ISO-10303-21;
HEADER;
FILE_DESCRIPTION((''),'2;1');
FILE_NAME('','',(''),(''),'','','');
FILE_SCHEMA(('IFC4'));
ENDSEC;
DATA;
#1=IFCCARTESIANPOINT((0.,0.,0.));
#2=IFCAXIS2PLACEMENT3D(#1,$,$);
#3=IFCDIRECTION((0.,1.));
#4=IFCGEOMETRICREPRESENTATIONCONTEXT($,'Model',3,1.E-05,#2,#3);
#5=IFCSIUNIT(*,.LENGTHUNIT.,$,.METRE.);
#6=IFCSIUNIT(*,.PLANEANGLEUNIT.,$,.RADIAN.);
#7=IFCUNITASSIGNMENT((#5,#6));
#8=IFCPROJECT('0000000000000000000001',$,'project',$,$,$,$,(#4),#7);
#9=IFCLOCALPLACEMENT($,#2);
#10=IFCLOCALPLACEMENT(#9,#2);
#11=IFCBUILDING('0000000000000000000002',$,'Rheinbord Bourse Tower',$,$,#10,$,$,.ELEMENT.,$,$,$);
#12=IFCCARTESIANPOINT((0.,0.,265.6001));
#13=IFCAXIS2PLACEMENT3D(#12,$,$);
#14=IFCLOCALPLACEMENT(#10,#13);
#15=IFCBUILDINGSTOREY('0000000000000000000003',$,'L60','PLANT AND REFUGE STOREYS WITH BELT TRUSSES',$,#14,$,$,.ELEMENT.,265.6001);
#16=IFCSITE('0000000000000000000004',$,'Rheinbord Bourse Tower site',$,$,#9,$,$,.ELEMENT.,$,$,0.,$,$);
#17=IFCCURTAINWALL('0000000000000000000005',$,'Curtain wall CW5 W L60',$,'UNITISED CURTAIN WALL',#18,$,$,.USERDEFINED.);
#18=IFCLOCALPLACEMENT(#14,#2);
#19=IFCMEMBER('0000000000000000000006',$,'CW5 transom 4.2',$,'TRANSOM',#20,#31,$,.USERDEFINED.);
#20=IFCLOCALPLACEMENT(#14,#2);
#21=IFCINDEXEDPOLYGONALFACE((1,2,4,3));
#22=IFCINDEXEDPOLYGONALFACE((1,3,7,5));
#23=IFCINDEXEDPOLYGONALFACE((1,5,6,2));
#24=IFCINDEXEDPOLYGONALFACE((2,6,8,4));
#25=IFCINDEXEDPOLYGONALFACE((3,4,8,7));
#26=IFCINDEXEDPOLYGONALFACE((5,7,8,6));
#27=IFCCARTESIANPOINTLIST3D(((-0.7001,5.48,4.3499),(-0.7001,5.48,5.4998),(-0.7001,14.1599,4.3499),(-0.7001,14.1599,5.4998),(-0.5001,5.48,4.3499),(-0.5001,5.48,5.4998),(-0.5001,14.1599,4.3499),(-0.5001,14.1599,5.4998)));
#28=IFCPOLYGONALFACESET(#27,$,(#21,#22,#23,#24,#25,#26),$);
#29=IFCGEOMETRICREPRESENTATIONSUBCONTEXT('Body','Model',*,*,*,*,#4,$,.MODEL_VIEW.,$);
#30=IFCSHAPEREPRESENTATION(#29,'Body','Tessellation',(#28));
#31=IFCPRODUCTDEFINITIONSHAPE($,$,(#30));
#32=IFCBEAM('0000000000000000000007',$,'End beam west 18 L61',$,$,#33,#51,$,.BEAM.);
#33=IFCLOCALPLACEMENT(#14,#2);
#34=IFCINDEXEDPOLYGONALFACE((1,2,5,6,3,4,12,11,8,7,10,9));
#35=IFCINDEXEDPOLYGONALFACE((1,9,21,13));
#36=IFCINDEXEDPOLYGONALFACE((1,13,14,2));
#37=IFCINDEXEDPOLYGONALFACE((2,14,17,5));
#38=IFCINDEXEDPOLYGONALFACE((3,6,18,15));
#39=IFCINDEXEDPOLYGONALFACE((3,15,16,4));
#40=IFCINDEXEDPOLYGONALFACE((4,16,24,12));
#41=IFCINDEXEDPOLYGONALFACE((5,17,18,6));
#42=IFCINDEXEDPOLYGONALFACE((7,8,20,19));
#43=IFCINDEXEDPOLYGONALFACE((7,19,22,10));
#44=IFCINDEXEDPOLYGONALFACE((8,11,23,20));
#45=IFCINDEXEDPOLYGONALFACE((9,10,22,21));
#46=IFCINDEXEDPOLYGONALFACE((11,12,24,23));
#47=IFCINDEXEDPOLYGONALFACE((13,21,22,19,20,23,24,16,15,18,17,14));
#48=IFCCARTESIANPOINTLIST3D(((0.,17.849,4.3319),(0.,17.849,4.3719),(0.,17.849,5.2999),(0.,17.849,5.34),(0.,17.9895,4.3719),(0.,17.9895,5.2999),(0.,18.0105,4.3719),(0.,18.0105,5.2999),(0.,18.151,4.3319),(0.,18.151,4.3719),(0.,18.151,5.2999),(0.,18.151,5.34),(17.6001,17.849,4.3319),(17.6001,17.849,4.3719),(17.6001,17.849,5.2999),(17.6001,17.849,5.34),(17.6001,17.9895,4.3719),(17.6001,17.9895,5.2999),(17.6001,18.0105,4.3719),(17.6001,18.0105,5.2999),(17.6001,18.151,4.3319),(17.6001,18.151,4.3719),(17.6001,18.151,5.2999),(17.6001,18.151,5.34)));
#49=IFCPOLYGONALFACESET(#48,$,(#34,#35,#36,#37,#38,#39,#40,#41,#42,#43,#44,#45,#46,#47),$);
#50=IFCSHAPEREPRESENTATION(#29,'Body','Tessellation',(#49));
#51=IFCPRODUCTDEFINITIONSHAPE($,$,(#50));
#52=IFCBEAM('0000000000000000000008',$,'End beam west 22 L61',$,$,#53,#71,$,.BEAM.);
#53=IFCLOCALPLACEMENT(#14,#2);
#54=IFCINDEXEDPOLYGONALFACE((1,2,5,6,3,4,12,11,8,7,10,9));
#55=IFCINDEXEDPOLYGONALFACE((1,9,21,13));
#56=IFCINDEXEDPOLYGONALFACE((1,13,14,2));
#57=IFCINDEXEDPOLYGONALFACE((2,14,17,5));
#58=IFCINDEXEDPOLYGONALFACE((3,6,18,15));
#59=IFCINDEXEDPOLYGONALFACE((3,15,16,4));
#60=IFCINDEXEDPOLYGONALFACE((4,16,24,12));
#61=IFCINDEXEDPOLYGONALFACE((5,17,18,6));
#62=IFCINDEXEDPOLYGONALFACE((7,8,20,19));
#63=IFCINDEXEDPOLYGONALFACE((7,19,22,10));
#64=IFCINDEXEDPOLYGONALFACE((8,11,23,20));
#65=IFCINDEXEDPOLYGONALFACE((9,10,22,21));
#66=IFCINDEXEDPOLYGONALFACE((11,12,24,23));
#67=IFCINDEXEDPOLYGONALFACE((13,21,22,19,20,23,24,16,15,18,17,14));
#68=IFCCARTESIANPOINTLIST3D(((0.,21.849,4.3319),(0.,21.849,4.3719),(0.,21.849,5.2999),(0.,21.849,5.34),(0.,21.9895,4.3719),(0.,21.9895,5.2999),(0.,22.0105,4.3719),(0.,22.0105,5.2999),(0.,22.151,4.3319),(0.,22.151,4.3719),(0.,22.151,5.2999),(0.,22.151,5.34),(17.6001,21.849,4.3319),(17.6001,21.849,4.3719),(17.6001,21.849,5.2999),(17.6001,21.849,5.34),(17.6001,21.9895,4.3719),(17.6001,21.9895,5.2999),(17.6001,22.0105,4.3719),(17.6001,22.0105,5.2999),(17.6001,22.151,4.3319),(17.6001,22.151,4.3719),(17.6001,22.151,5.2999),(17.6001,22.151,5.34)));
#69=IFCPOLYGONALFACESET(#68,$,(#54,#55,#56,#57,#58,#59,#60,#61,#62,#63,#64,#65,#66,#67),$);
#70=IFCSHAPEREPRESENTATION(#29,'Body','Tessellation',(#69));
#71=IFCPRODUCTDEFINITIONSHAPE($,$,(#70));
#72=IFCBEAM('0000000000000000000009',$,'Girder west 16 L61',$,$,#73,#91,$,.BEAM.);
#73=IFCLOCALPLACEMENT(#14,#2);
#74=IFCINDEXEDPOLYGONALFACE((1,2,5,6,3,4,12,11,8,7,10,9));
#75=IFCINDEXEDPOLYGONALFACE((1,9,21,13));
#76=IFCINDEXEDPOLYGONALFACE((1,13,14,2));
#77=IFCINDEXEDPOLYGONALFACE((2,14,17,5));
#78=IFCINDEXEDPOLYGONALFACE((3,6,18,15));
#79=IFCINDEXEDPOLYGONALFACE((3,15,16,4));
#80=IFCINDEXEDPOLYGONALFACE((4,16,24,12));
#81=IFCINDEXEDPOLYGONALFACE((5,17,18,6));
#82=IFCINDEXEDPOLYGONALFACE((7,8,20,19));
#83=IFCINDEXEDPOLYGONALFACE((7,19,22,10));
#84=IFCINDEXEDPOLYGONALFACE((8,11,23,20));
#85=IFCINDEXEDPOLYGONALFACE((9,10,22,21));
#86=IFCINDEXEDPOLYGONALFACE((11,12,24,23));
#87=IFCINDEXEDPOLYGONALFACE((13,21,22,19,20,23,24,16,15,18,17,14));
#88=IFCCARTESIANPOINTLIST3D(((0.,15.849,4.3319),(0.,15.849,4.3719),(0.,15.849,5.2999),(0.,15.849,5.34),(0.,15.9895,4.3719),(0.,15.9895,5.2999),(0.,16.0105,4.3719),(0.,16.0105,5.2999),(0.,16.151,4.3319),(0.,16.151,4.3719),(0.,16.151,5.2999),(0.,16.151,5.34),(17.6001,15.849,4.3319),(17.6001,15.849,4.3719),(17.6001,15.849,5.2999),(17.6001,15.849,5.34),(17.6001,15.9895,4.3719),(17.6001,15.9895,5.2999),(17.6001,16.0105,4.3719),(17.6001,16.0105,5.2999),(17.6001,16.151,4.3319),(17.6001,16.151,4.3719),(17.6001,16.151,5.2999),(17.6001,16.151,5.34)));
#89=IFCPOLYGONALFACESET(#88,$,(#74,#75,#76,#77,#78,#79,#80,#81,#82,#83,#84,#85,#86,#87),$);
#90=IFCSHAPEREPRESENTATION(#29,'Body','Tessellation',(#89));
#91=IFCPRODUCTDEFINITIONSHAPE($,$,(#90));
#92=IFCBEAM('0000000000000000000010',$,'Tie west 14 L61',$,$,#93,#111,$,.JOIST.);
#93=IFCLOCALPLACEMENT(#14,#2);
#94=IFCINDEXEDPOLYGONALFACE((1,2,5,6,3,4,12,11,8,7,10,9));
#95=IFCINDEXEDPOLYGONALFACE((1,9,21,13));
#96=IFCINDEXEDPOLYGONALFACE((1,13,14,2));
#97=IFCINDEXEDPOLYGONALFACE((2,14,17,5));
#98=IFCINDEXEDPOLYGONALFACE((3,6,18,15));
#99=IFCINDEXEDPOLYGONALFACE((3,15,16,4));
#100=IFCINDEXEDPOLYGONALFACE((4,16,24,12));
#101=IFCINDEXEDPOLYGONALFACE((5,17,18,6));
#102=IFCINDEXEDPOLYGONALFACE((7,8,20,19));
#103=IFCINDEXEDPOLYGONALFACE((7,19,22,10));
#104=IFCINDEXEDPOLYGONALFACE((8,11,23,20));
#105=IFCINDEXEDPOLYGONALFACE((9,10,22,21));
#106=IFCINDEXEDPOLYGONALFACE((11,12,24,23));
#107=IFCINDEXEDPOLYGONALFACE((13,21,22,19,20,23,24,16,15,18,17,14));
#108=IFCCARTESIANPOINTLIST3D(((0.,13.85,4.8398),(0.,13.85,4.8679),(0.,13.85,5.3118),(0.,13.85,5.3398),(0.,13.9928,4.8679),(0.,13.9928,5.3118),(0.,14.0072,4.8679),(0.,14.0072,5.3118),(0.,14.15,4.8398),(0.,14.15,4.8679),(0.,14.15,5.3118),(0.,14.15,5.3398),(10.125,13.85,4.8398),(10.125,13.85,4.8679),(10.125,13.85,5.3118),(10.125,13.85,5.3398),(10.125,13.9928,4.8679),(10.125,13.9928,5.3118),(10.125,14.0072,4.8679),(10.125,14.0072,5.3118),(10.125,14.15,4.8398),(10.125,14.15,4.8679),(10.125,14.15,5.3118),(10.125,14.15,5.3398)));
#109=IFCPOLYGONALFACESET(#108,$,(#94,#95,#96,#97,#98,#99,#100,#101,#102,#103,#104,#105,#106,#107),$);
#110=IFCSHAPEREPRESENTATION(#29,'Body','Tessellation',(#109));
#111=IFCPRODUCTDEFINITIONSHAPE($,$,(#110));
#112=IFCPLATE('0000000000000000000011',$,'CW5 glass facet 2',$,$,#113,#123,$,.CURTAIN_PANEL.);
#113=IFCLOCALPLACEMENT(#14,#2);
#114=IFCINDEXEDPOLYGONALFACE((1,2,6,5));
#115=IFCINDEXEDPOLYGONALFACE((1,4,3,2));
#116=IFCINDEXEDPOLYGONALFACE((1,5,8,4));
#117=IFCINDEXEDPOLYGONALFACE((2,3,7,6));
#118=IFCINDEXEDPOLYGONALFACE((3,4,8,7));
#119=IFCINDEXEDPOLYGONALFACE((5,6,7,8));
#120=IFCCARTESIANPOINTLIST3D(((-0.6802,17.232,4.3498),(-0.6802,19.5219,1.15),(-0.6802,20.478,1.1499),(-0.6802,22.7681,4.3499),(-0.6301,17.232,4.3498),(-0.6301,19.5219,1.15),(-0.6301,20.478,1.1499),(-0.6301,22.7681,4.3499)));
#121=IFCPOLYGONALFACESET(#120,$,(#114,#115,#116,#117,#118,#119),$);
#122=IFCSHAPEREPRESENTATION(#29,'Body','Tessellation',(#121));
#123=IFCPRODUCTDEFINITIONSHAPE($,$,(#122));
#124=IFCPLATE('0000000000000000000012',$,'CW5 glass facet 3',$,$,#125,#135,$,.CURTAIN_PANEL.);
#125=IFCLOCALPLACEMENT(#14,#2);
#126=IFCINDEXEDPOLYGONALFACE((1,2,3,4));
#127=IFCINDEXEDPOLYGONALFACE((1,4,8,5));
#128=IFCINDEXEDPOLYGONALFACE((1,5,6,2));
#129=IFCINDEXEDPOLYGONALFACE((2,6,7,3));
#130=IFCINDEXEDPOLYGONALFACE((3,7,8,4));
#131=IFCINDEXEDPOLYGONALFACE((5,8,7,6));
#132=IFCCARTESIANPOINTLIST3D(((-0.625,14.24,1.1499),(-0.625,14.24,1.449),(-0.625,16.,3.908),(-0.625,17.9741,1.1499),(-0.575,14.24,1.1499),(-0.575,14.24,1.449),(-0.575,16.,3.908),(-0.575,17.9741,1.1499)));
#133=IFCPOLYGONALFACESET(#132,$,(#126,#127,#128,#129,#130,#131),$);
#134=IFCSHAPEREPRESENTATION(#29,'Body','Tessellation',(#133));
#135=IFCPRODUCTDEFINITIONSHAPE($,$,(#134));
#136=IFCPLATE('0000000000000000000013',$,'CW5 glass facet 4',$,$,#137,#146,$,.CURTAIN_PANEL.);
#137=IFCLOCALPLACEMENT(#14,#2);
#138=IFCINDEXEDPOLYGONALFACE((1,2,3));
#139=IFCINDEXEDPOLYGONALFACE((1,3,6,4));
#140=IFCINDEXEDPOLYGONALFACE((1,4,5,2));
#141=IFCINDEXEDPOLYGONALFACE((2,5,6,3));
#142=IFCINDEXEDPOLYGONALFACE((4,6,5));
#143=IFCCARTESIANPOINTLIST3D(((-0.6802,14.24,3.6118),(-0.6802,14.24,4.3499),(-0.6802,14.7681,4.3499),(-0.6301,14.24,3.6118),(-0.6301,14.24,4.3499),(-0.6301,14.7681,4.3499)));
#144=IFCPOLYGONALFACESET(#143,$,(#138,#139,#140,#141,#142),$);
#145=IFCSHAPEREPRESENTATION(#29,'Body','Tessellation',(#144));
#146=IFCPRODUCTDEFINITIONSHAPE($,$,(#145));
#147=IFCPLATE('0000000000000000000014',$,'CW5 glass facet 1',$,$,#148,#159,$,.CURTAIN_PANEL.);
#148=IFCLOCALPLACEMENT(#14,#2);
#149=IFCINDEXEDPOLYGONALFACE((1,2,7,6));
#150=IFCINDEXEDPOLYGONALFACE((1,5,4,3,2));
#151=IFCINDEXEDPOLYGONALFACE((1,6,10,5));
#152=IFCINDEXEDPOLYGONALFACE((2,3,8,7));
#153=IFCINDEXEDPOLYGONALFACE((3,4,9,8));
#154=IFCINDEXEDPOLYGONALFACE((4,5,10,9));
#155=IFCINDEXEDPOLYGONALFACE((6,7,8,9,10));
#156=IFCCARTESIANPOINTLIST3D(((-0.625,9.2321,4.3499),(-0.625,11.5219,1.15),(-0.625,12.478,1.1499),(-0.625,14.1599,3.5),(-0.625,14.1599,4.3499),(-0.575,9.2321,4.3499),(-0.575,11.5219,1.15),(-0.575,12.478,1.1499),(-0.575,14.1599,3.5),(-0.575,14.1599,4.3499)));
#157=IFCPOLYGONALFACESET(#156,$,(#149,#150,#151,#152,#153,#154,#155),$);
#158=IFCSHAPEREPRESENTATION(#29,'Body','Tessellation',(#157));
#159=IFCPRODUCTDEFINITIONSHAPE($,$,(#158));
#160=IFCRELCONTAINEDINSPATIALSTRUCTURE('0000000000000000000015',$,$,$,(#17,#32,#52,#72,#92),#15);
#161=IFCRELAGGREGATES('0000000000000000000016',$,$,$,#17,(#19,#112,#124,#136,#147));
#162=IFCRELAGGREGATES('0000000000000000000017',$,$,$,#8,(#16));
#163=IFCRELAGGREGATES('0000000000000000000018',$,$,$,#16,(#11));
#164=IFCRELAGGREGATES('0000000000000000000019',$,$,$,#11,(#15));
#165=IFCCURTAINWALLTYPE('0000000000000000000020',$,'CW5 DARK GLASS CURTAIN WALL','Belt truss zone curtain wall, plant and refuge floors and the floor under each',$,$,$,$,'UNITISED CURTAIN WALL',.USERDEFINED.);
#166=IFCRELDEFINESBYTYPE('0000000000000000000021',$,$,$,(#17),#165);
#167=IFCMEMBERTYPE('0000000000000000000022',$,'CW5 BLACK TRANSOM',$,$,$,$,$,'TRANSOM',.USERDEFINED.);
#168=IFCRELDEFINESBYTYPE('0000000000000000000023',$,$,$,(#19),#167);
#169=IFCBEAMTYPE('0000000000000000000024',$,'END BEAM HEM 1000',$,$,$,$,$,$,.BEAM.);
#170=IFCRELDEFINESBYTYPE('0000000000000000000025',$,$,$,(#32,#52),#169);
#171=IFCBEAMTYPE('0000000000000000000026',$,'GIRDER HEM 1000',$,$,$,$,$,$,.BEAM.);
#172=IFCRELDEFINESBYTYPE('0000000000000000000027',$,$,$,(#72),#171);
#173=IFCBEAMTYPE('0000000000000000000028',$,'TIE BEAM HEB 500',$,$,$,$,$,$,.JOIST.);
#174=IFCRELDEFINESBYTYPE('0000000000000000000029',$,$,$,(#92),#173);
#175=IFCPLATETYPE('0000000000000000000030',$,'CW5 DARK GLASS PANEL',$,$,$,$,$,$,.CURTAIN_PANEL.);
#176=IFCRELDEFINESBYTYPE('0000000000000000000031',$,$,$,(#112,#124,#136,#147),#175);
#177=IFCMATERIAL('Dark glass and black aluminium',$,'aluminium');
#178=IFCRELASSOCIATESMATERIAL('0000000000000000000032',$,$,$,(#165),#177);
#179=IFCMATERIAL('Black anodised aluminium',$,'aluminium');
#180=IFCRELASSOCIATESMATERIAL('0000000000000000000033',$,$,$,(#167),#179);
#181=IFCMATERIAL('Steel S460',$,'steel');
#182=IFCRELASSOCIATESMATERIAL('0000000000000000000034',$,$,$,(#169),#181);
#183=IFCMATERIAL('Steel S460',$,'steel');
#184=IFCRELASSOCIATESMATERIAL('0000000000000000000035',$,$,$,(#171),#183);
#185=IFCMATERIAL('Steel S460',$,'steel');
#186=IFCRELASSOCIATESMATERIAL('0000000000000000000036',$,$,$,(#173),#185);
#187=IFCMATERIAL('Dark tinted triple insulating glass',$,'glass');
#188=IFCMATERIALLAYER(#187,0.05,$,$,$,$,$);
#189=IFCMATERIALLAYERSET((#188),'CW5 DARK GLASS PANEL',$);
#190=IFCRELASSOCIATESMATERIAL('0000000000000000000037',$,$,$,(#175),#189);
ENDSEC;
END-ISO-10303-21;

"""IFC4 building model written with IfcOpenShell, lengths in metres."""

from ifc_helpers import new_model, si_unit, direction, frame, origin, origin_2d, place, context, subcontext, project, spatial, polyline, rectangle, i_section, outline, extrude, material, layer, layer_set, material_profile, profile_set, type_object, element, aggregate, save


model = new_model("IFC4")

# Units and contexts
model_context = context("Model", 3, precision=1e-05, world=origin(), true_north=direction((0.0, 1.0)))
body_context = subcontext(model_context, "Body", "Model", "MODEL_VIEW")
ifc_project = project(units=[si_unit("LENGTHUNIT", "METRE"), si_unit("PLANEANGLEUNIT", "RADIAN")], contexts=[model_context])

# Site, building, storey
site_placement = place(None, origin())
site = spatial("IfcSite", under=ifc_project, at=site_placement, Name="Rheinbord Bourse Tower site", CompositionType="ELEMENT", RefElevation=0.0)
building_placement = place(site_placement, origin())
building = spatial("IfcBuilding", under=site, at=building_placement, Name="Rheinbord Bourse Tower", CompositionType="ELEMENT")
storey_placement = place(building_placement, frame((0.0, 0.0, 265.6001)))
storey = spatial("IfcBuildingStorey", under=building, at=storey_placement, Name="L60", Description="PLANT AND REFUGE STOREYS WITH BELT TRUSSES", CompositionType="ELEMENT", Elevation=265.6001)

# Curtain wall, member
ifc_material_1 = material(Name="Dark glass and black aluminium", Category="aluminium")
curtain_wall_type = type_object("IfcCurtainWallType", Name="CW5 DARK GLASS CURTAIN WALL", Description="Belt truss zone curtain wall, plant and refuge floors and the floor under each", ElementType="UNITISED CURTAIN WALL", PredefinedType="USERDEFINED", material=ifc_material_1)
curtain_wall_placement = place(storey_placement, origin())
curtain_wall = element("IfcCurtainWall", 1, at=curtain_wall_placement, inside=storey, type_object=curtain_wall_type, Name="Curtain wall CW5 W L60", ObjectType="UNITISED CURTAIN WALL", PredefinedType="USERDEFINED")
ifc_material_2 = material(Name="Black anodised aluminium", Category="aluminium")
ifc_material_profile_1 = material_profile(ifc_material_2, rectangle(XDim=0.2, YDim=1.1499, at=origin_2d()), Name="CW5 TRANSOM 1150x200")
ifc_profile_set_1 = profile_set([ifc_material_profile_1], Name="Black anodised aluminium")
member_type_1 = type_object("IfcMemberType", Name="CW5 BLACK TRANSOM", ElementType="TRANSOM", PredefinedType="USERDEFINED", material=ifc_profile_set_1)
member_1_placement = place(storey_placement, frame((-0.6001, 14.1599, 4.9248), z_axis=(0.0, -1.0, 0.0), x_axis=(1.0, 0.0, 0.0)))
member_1 = element("IfcMember", 2, at=member_1_placement, type_object=member_type_1, Name="CW5 transom 4.2", ObjectType="TRANSOM", PredefinedType="USERDEFINED", context=body_context, shape_type="SweptSolid", body=[
    extrude(rectangle(XDim=0.2, YDim=1.1499, at=origin_2d()), origin(), (0.0, 0.0, 1.0), 8.6799),
])

# Beams
ifc_material_3 = material(Name="Steel S460", Category="steel")
ifc_material_profile_2 = material_profile(ifc_material_3, i_section(OverallWidth=0.302, OverallDepth=1.0081, WebThickness=0.021, FlangeThickness=0.04, at=origin_2d()), Name="HEM 1000")
ifc_profile_set_2 = profile_set([ifc_material_profile_2], Name="Steel S460")
beam_type_1 = type_object("IfcBeamType", Name="END BEAM HEM 1000", PredefinedType="BEAM", material=ifc_profile_set_2)
for number, where, z_axis, x_axis, name in (
    (3, (0.0, 18.0, 4.8359), (1.0, 0.0, 0.0), (0.0, 1.0, 0.0), "End beam west 18 L61"),
    (4, (0.0, 22.0, 4.8359), (1.0, 0.0, 0.0), (0.0, 1.0, 0.0), "End beam west 22 L61"),
):
    element("IfcBeam", number, at=place(storey_placement, frame(where, z_axis=z_axis, x_axis=x_axis)), inside=storey, type_object=beam_type_1, Name=name, PredefinedType="BEAM", context=body_context, shape_type="SweptSolid", body=[
        extrude(i_section(OverallWidth=0.302, OverallDepth=1.0081, WebThickness=0.021, FlangeThickness=0.04, at=origin_2d()), origin(), (0.0, 0.0, 1.0), 17.6001),
    ])
ifc_material_4 = material(Name="Steel S460", Category="steel")
ifc_material_profile_3 = material_profile(ifc_material_4, i_section(OverallWidth=0.302, OverallDepth=1.0081, WebThickness=0.021, FlangeThickness=0.04, at=origin_2d()), Name="HEM 1000")
ifc_profile_set_3 = profile_set([ifc_material_profile_3], Name="Steel S460")
beam_type_2 = type_object("IfcBeamType", Name="GIRDER HEM 1000", PredefinedType="BEAM", material=ifc_profile_set_3)
beam_1_placement = place(storey_placement, frame((0.0, 16.0, 4.8359), z_axis=(1.0, 0.0, 0.0), x_axis=(0.0, 1.0, 0.0)))
element("IfcBeam", 5, at=beam_1_placement, inside=storey, type_object=beam_type_2, Name="Girder west 16 L61", PredefinedType="BEAM", context=body_context, shape_type="SweptSolid", body=[
    extrude(i_section(OverallWidth=0.302, OverallDepth=1.0081, WebThickness=0.021, FlangeThickness=0.04, at=origin_2d()), origin(), (0.0, 0.0, 1.0), 17.6001),
])
ifc_material_5 = material(Name="Steel S460", Category="steel")
ifc_material_profile_4 = material_profile(ifc_material_5, i_section(OverallWidth=0.3, OverallDepth=0.5, WebThickness=0.0144, FlangeThickness=0.0281, at=origin_2d()), Name="HEB 500")
ifc_profile_set_4 = profile_set([ifc_material_profile_4], Name="Steel S460")
beam_type_3 = type_object("IfcBeamType", Name="TIE BEAM HEB 500", PredefinedType="JOIST", material=ifc_profile_set_4)
beam_2_placement = place(storey_placement, frame((0.0, 14.0, 5.0898), z_axis=(1.0, 0.0, 0.0), x_axis=(0.0, 1.0, 0.0)))
element("IfcBeam", 6, at=beam_2_placement, inside=storey, type_object=beam_type_3, Name="Tie west 14 L61", PredefinedType="JOIST", context=body_context, shape_type="SweptSolid", body=[
    extrude(i_section(OverallWidth=0.3, OverallDepth=0.5, WebThickness=0.0144, FlangeThickness=0.0281, at=origin_2d()), origin(), (0.0, 0.0, 1.0), 10.125),
])

# Plates
ifc_material_6 = material(Name="Dark tinted triple insulating glass", Category="glass")
ifc_layer_1 = layer(ifc_material_6, 0.05)
ifc_layer_set_1 = layer_set([ifc_layer_1], Name="CW5 DARK GLASS PANEL")
plate_type = type_object("IfcPlateType", Name="CW5 DARK GLASS PANEL", PredefinedType="CURTAIN_PANEL", material=ifc_layer_set_1)
plate_1_placement = place(storey_placement, frame((-0.6802, 20.478, 1.1499), z_axis=(1.0, 0.0, 0.0), x_axis=(0.0, 0.581972, 0.813209)))
plate_1 = element("IfcPlate", 7, at=plate_1_placement, type_object=plate_type, Name="CW5 glass facet 2", PredefinedType="CURTAIN_PANEL", context=body_context, shape_type="SweptSolid", body=[
    extrude(outline(polyline([(0.0, 0.0), (3.9351, 0.0), (0.7131, 4.502), (-0.5564, 0.7776), (0.0, 0.0)])), origin(), (0.0, 0.0, 1.0), 0.05),
])
plate_2_placement = place(storey_placement, frame((-0.625, 14.24, 1.1499), z_axis=(1.0, 0.0, 0.0), x_axis=(0.0, 1.0, 0.0)))
plate_2 = element("IfcPlate", 8, at=plate_2_placement, type_object=plate_type, Name="CW5 glass facet 3", PredefinedType="CURTAIN_PANEL", context=body_context, shape_type="SweptSolid", body=[
    extrude(outline(polyline([(0.0, 0.0), (3.7341, 0.0), (1.76, 2.7581), (0.0, 0.2991), (0.0, 0.0)])), origin(), (0.0, 0.0, 1.0), 0.05),
])
plate_3_placement = place(storey_placement, frame((-0.6802, 14.24, 4.3499), z_axis=(1.0, 0.0, 0.0), x_axis=(0.0, 0.0, -1.0)))
plate_3 = element("IfcPlate", 9, at=plate_3_placement, type_object=plate_type, Name="CW5 glass facet 4", PredefinedType="CURTAIN_PANEL", context=body_context, shape_type="SweptSolid", body=[
    extrude(outline(polyline([(0.0, 0.0), (0.738, 0.0), (0.0, 0.5281), (0.0, 0.0)])), origin(), (0.0, 0.0, 1.0), 0.05),
])
plate_4_placement = place(storey_placement, frame((-0.625, 12.478, 1.1499), z_axis=(1.0, 0.0, 0.0), x_axis=(0.0, 0.581981, 0.813202)))
plate_4 = element("IfcPlate", 10, at=plate_4_placement, type_object=plate_type, Name="CW5 glass facet 1", PredefinedType="CURTAIN_PANEL", context=body_context, shape_type="SweptSolid", body=[
    extrude(outline(polyline([(0.0, 0.0), (2.8899, 0.0), (3.5811, 0.4946), (0.7131, 4.502), (-0.5564, 0.7776), (0.0, 0.0)])), origin(), (0.0, 0.0, 1.0), 0.05),
])
aggregate(curtain_wall, [member_1, plate_1, plate_2, plate_3, plate_4])

save(model, "model.ifc")
